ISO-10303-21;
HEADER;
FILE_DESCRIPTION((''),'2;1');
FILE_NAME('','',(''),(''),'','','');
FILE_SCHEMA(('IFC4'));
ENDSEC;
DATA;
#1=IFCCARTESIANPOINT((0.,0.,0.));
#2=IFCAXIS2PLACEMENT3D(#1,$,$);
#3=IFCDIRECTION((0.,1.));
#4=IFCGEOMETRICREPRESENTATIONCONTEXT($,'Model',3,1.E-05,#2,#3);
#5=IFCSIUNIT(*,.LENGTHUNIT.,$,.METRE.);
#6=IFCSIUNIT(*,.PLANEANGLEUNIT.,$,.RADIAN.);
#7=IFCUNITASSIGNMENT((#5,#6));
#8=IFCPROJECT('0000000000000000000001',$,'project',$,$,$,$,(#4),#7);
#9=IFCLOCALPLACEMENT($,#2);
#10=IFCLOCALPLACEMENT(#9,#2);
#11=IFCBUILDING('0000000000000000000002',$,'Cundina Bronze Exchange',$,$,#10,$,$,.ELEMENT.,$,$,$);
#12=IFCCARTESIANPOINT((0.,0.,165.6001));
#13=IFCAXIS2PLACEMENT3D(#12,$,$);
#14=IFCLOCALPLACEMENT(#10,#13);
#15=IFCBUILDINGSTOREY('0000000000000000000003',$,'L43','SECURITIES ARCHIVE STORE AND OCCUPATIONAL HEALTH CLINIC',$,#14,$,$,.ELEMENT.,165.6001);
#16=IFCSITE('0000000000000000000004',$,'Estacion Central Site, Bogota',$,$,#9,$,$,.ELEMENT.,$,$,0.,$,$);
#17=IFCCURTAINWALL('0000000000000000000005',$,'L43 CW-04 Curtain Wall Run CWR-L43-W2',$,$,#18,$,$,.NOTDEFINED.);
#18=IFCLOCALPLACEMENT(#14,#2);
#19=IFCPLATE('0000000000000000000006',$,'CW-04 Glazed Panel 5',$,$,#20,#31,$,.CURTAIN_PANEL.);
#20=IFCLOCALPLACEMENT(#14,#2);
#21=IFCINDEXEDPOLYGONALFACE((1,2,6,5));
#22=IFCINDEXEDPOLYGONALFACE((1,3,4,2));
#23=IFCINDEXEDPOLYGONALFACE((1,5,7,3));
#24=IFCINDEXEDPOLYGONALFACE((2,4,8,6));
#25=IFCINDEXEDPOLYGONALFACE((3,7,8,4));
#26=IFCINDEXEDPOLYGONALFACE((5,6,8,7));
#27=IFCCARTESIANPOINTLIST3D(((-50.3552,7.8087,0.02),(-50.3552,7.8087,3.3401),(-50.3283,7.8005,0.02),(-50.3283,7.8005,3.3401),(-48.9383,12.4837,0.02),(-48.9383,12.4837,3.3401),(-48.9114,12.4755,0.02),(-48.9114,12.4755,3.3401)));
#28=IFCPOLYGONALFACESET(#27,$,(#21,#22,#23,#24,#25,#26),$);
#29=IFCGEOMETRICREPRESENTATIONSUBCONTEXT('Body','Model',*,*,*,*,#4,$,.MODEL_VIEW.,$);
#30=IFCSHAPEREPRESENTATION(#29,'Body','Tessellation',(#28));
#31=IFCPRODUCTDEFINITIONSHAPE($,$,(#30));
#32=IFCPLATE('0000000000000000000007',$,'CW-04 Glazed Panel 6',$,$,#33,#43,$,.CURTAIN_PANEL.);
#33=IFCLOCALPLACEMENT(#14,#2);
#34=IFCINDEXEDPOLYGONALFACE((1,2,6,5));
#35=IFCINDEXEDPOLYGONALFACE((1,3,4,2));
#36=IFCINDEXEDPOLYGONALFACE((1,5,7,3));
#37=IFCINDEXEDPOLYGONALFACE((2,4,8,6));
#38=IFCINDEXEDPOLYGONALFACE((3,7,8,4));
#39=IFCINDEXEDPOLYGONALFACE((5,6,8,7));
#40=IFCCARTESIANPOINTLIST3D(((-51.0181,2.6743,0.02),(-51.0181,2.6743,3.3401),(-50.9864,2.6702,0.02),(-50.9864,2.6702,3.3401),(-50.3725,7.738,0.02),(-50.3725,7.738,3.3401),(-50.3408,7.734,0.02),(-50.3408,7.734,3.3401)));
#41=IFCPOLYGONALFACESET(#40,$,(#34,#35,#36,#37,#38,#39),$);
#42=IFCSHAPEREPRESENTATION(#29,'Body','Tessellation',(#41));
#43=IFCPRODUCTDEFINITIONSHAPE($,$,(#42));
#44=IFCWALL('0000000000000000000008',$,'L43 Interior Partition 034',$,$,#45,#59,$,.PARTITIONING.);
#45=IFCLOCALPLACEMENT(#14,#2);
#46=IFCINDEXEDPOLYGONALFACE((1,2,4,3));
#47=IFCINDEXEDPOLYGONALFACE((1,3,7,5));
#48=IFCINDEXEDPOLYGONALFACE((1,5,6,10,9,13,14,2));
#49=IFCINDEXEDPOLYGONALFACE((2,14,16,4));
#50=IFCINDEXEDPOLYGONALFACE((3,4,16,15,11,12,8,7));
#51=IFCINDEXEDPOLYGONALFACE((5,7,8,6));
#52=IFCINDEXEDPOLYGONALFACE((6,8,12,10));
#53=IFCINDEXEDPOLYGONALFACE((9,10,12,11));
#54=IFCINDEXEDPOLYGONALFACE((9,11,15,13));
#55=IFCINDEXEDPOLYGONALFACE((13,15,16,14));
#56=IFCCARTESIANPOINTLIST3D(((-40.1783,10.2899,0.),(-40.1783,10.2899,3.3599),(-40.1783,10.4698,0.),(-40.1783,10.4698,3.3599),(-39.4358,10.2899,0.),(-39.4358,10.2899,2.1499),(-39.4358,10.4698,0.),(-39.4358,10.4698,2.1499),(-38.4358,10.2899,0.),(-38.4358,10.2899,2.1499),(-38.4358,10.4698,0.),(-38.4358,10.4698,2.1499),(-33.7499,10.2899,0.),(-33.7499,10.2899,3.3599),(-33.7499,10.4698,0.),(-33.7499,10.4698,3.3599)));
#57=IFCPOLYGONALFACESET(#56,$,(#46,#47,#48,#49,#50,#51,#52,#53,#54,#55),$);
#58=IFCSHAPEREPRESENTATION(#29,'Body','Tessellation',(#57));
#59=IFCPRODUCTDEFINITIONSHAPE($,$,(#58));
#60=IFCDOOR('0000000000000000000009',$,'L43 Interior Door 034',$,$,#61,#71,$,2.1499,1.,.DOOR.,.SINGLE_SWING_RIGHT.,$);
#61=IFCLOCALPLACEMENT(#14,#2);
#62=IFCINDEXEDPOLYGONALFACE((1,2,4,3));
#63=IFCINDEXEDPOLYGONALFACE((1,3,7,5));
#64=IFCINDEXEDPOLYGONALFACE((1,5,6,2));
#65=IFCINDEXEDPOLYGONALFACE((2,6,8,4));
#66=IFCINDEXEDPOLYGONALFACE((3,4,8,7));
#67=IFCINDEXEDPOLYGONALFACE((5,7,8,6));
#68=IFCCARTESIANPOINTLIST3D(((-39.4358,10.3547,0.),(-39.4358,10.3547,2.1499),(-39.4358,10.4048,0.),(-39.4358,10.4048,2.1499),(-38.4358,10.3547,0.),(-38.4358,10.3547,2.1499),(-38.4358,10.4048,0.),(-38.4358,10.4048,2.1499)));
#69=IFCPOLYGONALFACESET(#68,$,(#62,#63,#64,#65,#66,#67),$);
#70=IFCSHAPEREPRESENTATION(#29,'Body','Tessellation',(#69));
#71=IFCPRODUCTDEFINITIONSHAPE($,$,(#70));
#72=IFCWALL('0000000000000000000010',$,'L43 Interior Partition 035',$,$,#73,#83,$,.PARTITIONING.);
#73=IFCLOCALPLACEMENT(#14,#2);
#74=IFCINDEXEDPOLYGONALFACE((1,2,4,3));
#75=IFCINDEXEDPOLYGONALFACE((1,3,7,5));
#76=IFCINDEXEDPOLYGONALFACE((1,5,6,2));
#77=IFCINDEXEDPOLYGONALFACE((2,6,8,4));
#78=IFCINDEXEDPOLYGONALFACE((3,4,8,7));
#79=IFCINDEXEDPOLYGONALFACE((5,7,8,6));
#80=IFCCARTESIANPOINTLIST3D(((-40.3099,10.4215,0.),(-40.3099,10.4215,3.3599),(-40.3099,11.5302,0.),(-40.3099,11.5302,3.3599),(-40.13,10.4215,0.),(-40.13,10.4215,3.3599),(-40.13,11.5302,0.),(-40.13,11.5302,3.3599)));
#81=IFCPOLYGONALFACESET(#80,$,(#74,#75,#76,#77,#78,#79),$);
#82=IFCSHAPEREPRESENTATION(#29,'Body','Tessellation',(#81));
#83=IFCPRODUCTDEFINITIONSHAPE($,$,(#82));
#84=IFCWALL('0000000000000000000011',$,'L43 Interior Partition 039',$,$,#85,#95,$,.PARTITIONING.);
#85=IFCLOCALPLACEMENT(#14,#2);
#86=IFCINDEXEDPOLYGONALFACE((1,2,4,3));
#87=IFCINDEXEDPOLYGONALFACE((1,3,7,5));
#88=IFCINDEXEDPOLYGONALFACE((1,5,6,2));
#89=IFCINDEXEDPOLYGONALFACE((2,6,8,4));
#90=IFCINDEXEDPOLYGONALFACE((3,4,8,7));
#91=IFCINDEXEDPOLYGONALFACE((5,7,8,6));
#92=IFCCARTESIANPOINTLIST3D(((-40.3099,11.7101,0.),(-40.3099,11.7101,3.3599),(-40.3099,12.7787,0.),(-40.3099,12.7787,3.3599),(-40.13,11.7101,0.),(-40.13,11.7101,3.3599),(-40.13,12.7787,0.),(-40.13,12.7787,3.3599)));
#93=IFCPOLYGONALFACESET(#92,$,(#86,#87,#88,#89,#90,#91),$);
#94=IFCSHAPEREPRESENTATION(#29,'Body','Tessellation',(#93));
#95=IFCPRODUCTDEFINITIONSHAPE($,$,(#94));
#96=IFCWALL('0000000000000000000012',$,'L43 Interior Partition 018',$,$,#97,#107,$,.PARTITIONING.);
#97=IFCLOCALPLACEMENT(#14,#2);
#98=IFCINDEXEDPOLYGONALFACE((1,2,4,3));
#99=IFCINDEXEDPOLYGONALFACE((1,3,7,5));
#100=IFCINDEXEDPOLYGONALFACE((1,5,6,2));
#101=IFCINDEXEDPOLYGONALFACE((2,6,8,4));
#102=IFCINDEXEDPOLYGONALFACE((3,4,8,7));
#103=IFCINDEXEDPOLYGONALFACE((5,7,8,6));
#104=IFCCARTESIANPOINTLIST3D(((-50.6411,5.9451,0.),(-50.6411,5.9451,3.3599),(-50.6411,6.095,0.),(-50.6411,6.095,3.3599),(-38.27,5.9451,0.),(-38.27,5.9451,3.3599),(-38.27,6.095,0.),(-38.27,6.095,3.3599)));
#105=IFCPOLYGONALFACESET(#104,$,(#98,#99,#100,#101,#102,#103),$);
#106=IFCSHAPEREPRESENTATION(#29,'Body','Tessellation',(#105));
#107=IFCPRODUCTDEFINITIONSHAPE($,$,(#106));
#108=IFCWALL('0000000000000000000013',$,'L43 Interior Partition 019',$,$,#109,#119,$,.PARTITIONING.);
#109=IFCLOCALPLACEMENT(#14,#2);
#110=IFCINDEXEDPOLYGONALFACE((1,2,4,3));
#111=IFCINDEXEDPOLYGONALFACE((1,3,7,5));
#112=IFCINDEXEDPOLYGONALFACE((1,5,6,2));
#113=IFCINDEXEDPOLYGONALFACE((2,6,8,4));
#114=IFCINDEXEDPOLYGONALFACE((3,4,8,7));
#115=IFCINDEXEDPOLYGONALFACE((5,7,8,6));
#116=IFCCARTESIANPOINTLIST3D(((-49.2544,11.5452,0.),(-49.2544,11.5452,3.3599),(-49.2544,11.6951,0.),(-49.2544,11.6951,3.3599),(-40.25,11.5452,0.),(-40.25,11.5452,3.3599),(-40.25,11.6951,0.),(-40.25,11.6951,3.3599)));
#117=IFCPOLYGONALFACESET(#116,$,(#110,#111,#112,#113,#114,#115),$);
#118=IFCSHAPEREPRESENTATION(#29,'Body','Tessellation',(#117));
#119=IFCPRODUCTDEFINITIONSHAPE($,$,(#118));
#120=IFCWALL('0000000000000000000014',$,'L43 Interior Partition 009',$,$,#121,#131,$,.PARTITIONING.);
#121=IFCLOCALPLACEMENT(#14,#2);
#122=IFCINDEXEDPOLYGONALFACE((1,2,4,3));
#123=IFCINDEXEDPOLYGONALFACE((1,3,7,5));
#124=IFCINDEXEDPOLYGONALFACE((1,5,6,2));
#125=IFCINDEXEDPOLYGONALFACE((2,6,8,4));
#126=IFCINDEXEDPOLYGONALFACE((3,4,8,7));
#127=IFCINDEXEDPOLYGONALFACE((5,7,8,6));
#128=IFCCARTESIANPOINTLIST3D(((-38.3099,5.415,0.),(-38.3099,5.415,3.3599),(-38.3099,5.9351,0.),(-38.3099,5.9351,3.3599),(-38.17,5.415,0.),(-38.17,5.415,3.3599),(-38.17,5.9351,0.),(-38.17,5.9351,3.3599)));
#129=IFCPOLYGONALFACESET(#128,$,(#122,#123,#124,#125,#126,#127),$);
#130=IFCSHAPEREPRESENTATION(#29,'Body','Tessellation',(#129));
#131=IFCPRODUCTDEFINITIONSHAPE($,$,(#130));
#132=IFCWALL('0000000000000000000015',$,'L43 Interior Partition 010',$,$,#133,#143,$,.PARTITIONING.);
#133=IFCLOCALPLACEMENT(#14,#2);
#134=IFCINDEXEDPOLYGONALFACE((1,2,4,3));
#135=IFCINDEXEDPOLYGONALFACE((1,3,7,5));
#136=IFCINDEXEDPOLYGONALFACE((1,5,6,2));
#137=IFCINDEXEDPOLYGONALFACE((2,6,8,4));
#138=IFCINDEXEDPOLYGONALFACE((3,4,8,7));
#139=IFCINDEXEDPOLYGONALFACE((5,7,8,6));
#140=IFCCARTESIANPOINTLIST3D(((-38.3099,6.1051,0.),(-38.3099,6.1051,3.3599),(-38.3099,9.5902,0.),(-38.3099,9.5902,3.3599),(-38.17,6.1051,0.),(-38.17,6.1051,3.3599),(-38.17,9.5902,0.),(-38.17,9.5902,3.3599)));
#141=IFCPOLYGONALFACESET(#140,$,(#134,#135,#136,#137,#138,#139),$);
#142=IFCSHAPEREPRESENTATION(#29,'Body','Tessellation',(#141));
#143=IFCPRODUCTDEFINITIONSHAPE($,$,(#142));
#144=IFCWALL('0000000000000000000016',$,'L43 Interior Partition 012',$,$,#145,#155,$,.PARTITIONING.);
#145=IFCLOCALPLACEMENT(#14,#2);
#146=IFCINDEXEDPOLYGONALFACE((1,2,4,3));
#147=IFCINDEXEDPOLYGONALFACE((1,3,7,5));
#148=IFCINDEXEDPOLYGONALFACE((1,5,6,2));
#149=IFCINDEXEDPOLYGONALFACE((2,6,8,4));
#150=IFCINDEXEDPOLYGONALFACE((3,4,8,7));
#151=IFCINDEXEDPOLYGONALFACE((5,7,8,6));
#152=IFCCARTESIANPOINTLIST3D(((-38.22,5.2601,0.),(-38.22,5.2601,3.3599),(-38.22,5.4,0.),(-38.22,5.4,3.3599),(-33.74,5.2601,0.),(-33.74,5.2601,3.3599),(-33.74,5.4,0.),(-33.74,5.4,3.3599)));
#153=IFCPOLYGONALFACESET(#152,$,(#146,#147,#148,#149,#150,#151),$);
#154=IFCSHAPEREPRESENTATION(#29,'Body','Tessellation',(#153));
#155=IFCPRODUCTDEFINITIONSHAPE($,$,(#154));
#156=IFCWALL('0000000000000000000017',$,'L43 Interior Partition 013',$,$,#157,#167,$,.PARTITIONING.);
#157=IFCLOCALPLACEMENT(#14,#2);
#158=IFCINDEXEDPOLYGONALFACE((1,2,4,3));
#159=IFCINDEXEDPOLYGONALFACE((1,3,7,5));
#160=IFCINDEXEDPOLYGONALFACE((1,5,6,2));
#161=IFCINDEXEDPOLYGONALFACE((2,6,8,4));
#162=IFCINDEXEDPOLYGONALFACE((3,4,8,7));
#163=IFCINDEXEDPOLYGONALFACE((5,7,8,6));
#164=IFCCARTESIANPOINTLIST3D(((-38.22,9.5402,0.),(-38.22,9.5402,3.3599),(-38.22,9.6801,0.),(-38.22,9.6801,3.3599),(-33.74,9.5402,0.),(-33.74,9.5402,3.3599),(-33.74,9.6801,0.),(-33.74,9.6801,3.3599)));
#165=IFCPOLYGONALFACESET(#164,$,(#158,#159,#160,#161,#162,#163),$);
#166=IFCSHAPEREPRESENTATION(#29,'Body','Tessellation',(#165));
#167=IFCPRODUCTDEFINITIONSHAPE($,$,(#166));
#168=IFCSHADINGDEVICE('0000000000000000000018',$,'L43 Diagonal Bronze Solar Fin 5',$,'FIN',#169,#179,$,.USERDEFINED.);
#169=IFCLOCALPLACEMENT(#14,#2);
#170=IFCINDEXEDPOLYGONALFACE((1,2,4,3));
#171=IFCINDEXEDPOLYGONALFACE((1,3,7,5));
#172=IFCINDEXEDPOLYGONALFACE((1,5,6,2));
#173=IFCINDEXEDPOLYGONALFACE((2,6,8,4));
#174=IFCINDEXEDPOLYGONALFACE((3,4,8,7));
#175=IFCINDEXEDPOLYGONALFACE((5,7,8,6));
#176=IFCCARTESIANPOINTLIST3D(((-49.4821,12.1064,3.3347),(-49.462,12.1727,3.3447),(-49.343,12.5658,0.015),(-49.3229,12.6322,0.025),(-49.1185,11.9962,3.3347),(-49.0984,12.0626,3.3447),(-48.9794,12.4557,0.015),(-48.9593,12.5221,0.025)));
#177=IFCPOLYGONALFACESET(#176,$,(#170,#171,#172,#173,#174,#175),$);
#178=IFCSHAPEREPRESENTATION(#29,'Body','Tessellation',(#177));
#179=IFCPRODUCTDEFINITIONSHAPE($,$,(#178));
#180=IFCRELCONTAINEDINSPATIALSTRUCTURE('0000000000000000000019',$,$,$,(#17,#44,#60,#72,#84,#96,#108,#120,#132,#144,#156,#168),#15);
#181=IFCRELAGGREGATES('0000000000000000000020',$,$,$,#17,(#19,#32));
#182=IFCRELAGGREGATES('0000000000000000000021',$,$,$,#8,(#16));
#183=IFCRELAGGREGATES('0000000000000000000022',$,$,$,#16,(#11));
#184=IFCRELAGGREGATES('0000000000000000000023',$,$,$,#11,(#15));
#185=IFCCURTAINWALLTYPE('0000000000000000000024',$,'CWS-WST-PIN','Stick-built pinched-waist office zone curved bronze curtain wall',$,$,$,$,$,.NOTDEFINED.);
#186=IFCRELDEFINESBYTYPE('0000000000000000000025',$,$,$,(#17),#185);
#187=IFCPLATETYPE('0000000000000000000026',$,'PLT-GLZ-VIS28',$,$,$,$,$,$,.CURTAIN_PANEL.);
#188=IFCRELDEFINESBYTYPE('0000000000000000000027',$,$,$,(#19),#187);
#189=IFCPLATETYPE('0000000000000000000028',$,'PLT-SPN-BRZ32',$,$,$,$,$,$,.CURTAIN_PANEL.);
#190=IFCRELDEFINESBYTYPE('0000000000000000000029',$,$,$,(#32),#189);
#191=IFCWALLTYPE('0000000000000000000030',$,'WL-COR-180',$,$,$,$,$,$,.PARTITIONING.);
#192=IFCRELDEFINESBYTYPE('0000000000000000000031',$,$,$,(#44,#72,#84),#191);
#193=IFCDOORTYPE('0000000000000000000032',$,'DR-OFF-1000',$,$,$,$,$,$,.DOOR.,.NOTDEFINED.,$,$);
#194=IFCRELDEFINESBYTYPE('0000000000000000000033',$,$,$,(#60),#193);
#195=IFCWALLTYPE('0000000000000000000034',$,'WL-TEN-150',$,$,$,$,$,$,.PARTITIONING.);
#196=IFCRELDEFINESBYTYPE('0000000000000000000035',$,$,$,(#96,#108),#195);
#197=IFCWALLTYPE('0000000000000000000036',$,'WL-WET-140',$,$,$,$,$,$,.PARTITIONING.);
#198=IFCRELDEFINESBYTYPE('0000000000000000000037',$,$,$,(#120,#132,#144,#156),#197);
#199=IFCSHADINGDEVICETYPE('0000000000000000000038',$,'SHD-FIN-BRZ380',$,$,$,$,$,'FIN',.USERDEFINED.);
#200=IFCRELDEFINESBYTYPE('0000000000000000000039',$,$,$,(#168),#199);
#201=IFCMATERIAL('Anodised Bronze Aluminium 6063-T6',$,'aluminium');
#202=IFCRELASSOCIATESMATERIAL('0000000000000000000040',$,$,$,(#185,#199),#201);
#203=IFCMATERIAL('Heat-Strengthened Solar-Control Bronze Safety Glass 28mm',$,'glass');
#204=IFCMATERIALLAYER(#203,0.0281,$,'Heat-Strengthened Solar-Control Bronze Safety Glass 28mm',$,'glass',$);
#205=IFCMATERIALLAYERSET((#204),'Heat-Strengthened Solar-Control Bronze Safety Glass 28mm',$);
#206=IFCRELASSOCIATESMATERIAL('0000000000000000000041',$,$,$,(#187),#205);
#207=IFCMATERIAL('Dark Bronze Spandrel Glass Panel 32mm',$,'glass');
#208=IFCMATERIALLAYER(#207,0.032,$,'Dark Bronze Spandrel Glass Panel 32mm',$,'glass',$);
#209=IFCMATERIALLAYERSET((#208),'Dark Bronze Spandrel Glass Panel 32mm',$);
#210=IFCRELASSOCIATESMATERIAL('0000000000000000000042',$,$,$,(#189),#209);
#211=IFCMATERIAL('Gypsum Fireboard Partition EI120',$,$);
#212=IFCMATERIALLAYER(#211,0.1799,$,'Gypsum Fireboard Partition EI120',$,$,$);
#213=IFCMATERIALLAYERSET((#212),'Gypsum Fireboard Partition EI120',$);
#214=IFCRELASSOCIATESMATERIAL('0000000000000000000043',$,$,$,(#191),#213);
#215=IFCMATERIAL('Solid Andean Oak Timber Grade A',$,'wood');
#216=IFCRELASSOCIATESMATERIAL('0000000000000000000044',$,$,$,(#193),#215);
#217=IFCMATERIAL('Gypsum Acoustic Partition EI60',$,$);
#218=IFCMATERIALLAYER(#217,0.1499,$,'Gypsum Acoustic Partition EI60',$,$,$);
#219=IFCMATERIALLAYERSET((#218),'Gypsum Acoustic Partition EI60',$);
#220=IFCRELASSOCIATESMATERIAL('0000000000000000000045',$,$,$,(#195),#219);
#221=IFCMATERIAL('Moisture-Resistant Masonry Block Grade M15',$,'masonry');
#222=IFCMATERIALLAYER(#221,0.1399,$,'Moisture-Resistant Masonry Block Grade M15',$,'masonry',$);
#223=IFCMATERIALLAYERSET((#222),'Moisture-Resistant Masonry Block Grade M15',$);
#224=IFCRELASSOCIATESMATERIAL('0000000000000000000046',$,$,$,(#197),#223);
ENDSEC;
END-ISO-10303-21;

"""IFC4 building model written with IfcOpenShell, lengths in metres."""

from ifc_helpers import new_model, si_unit, direction, frame, frame_2d, origin, origin_2d, place, context, subcontext, project, spatial, rectangle, extrude, material, layer, layer_set, material_profile, profile_set, type_object, element, fill, aggregate, save


model = new_model("IFC4")

# Units and contexts
model_context = context("Model", 3, precision=1e-05, world=origin(), true_north=direction((0.0, 1.0)))
body_context = subcontext(model_context, "Body", "Model", "MODEL_VIEW")
ifc_project = project(units=[si_unit("LENGTHUNIT", "METRE"), si_unit("PLANEANGLEUNIT", "RADIAN")], contexts=[model_context])

# Site, building, storey
site_placement = place(None, origin())
site = spatial("IfcSite", under=ifc_project, at=site_placement, Name="Estacion Central Site, Bogota", CompositionType="ELEMENT", RefElevation=0.0)
building_placement = place(site_placement, origin())
building = spatial("IfcBuilding", under=site, at=building_placement, Name="Cundina Bronze Exchange", CompositionType="ELEMENT")
storey_placement = place(building_placement, frame((0.0, 0.0, 165.6001)))
storey = spatial("IfcBuildingStorey", under=building, at=storey_placement, Name="L43", Description="SECURITIES ARCHIVE STORE AND OCCUPATIONAL HEALTH CLINIC", CompositionType="ELEMENT", Elevation=165.6001)

# Curtain wall, plates
ifc_material_1 = material(Name="Anodised Bronze Aluminium 6063-T6", Category="aluminium")
curtain_wall_type = type_object("IfcCurtainWallType", Name="CWS-WST-PIN", Description="Stick-built pinched-waist office zone curved bronze curtain wall", PredefinedType="NOTDEFINED", material=ifc_material_1)
curtain_wall_placement = place(storey_placement, origin())
curtain_wall = element("IfcCurtainWall", 1, at=curtain_wall_placement, inside=storey, type_object=curtain_wall_type, Name="L43 CW-04 Curtain Wall Run CWR-L43-W2", PredefinedType="NOTDEFINED")
ifc_material_2 = material(Name="Heat-Strengthened Solar-Control Bronze Safety Glass 28mm", Category="glass")
ifc_layer_1 = layer(ifc_material_2, 0.0281, Name="Heat-Strengthened Solar-Control Bronze Safety Glass 28mm", Category="glass")
ifc_layer_set_1 = layer_set([ifc_layer_1], Name="Heat-Strengthened Solar-Control Bronze Safety Glass 28mm")
plate_type_1 = type_object("IfcPlateType", Name="PLT-GLZ-VIS28", PredefinedType="CURTAIN_PANEL", material=ifc_layer_set_1)
plate_1_placement = place(storey_placement, frame((-49.6333, 10.1421, 0.02), z_axis=(0.0, 0.0, 1.0), x_axis=(-0.290051, -0.957011, 0.0)))
plate_1 = element("IfcPlate", 2, at=plate_1_placement, type_object=plate_type_1, Name="CW-04 Glazed Panel 5", PredefinedType="CURTAIN_PANEL", context=body_context, shape_type="SweptSolid", body=[
    extrude(rectangle(XDim=4.885, YDim=0.0281, at=origin_2d()), origin(), (0.0, 0.0, 1.0), 3.3201),
])
ifc_material_3 = material(Name="Dark Bronze Spandrel Glass Panel 32mm", Category="glass")
ifc_layer_2 = layer(ifc_material_3, 0.032, Name="Dark Bronze Spandrel Glass Panel 32mm", Category="glass")
ifc_layer_set_2 = layer_set([ifc_layer_2], Name="Dark Bronze Spandrel Glass Panel 32mm")
plate_type_2 = type_object("IfcPlateType", Name="PLT-SPN-BRZ32", PredefinedType="CURTAIN_PANEL", material=ifc_layer_set_2)
plate_2_placement = place(storey_placement, frame((-50.6794, 5.2041, 0.02), z_axis=(0.0, 0.0, 1.0), x_axis=(-0.126476, -0.99197, 0.0)))
plate_2 = element("IfcPlate", 3, at=plate_2_placement, type_object=plate_type_2, Name="CW-04 Glazed Panel 6", PredefinedType="CURTAIN_PANEL", context=body_context, shape_type="SweptSolid", body=[
    extrude(rectangle(XDim=5.1047, YDim=0.032, at=origin_2d()), origin(), (0.0, 0.0, 1.0), 3.3201),
])
aggregate(curtain_wall, [plate_1, plate_2])

# Wall, opening, door
ifc_material_4 = material(Name="Gypsum Fireboard Partition EI120")
ifc_layer_3 = layer(ifc_material_4, 0.1799, Name="Gypsum Fireboard Partition EI120")
ifc_layer_set_3 = layer_set([ifc_layer_3], Name="Gypsum Fireboard Partition EI120")
wall_type_1 = type_object("IfcWallType", Name="WL-COR-180", PredefinedType="PARTITIONING", material=ifc_layer_set_3)
wall_1_placement = place(storey_placement, frame((-40.1785, 10.3799, 0.0), z_axis=(0.0, 0.0, 1.0), x_axis=(1.0, 0.0, 0.0)))
wall_1 = element("IfcWall", 4, at=wall_1_placement, inside=storey, type_object=wall_type_1, Name="L43 Interior Partition 034", PredefinedType="PARTITIONING", context=body_context, shape_type="SweptSolid", body=[
    extrude(rectangle(XDim=6.4285, YDim=0.1799, at=frame_2d((3.2144, 0.0))), origin(), (0.0, 0.0, 1.0), 3.3599),
])
opening_placement = place(wall_1_placement, frame((0.7427, 0.0, 0.0)))
opening = element("IfcOpeningElement", 5, at=opening_placement, cuts=wall_1, PredefinedType="OPENING", context=body_context, shape_type="SweptSolid", body=[
    extrude(rectangle(XDim=1.0, YDim=2.1499, at=frame_2d((0.5, 1.075))), frame((0.0, 0.0999, 0.0), z_axis=(0.0, -1.0, 0.0), x_axis=(1.0, 0.0, 0.0)), (0.0, 0.0, 1.0), 0.2),
])
ifc_material_5 = material(Name="Solid Andean Oak Timber Grade A", Category="wood")
door_type = type_object("IfcDoorType", Name="DR-OFF-1000", OperationType="NOTDEFINED", PredefinedType="DOOR", material=ifc_material_5)
door_placement = place(opening_placement, origin())
door = element("IfcDoor", 6, at=door_placement, inside=storey, type_object=door_type, Name="L43 Interior Door 034", OperationType="SINGLE_SWING_RIGHT", OverallHeight=2.1499, OverallWidth=1.0, PredefinedType="DOOR", context=body_context, shape_type="SweptSolid", body=[
    extrude(rectangle(XDim=1.0, YDim=2.1499, at=frame_2d((0.5, 1.075))), frame((0.0, 0.0249, 0.0), z_axis=(0.0, -1.0, 0.0), x_axis=(1.0, 0.0, 0.0)), (0.0, 0.0, 1.0), 0.05),
])
fill(opening, door)

# Walls
wall_2_placement = place(storey_placement, frame((-40.22, 11.53, 0.0), z_axis=(0.0, 0.0, 1.0), x_axis=(0.0, -1.0, 0.0)))
element("IfcWall", 7, at=wall_2_placement, inside=storey, type_object=wall_type_1, Name="L43 Interior Partition 035", PredefinedType="PARTITIONING", context=body_context, shape_type="SweptSolid", body=[
    extrude(rectangle(XDim=1.1086, YDim=0.1799, at=frame_2d((0.5542, 0.0))), origin(), (0.0, 0.0, 1.0), 3.3599),
])
wall_3_placement = place(storey_placement, frame((-40.22, 12.7786, 0.0), z_axis=(0.0, 0.0, 1.0), x_axis=(0.0, -1.0, 0.0)))
element("IfcWall", 8, at=wall_3_placement, inside=storey, type_object=wall_type_1, Name="L43 Interior Partition 039", PredefinedType="PARTITIONING", context=body_context, shape_type="SweptSolid", body=[
    extrude(rectangle(XDim=1.0686, YDim=0.1799, at=frame_2d((0.5342, 0.0))), origin(), (0.0, 0.0, 1.0), 3.3599),
])
ifc_material_6 = material(Name="Gypsum Acoustic Partition EI60")
ifc_layer_4 = layer(ifc_material_6, 0.1499, Name="Gypsum Acoustic Partition EI60")
ifc_layer_set_4 = layer_set([ifc_layer_4], Name="Gypsum Acoustic Partition EI60")
wall_type_2 = type_object("IfcWallType", Name="WL-TEN-150", PredefinedType="PARTITIONING", material=ifc_layer_set_4)
wall_4_placement = place(storey_placement, frame((-50.6411, 6.02, 0.0), z_axis=(0.0, 0.0, 1.0), x_axis=(1.0, 0.0, 0.0)))
element("IfcWall", 9, at=wall_4_placement, inside=storey, type_object=wall_type_2, Name="L43 Interior Partition 018", PredefinedType="PARTITIONING", context=body_context, shape_type="SweptSolid", body=[
    extrude(rectangle(XDim=12.3711, YDim=0.1499, at=frame_2d((6.1855, 0.0))), origin(), (0.0, 0.0, 1.0), 3.3599),
])
wall_5_placement = place(storey_placement, frame((-49.2544, 11.6201, 0.0), z_axis=(0.0, 0.0, 1.0), x_axis=(1.0, 0.0, 0.0)))
element("IfcWall", 10, at=wall_5_placement, inside=storey, type_object=wall_type_2, Name="L43 Interior Partition 019", PredefinedType="PARTITIONING", context=body_context, shape_type="SweptSolid", body=[
    extrude(rectangle(XDim=9.0044, YDim=0.1499, at=frame_2d((4.5022, 0.0))), origin(), (0.0, 0.0, 1.0), 3.3599),
])
ifc_material_7 = material(Name="Moisture-Resistant Masonry Block Grade M15", Category="masonry")
ifc_layer_5 = layer(ifc_material_7, 0.1399, Name="Moisture-Resistant Masonry Block Grade M15", Category="masonry")
ifc_layer_set_5 = layer_set([ifc_layer_5], Name="Moisture-Resistant Masonry Block Grade M15")
wall_type_3 = type_object("IfcWallType", Name="WL-WET-140", PredefinedType="PARTITIONING", material=ifc_layer_set_5)
wall_6_placement = place(storey_placement, frame((-38.24, 5.415, 0.0), z_axis=(0.0, 0.0, 1.0), x_axis=(0.0, 1.0, 0.0)))
element("IfcWall", 11, at=wall_6_placement, inside=storey, type_object=wall_type_3, Name="L43 Interior Partition 009", PredefinedType="PARTITIONING", context=body_context, shape_type="SweptSolid", body=[
    extrude(rectangle(XDim=0.52, YDim=0.1399, at=frame_2d((0.26, 0.0))), origin(), (0.0, 0.0, 1.0), 3.3599),
])
wall_7_placement = place(storey_placement, frame((-38.24, 6.105, 0.0), z_axis=(0.0, 0.0, 1.0), x_axis=(0.0, 1.0, 0.0)))
element("IfcWall", 12, at=wall_7_placement, inside=storey, type_object=wall_type_3, Name="L43 Interior Partition 010", PredefinedType="PARTITIONING", context=body_context, shape_type="SweptSolid", body=[
    extrude(rectangle(XDim=3.4851, YDim=0.1399, at=frame_2d((1.7427, 0.0))), origin(), (0.0, 0.0, 1.0), 3.3599),
])
for number, where, z_axis, x_axis, name in (
    (13, (-38.22, 5.3301, 0.0), (0.0, 0.0, 1.0), (1.0, 0.0, 0.0), "L43 Interior Partition 012"),
    (14, (-38.22, 9.6101, 0.0), (0.0, 0.0, 1.0), (1.0, 0.0, 0.0), "L43 Interior Partition 013"),
):
    element("IfcWall", number, at=place(storey_placement, frame(where, z_axis=z_axis, x_axis=x_axis)), inside=storey, type_object=wall_type_3, Name=name, PredefinedType="PARTITIONING", context=body_context, shape_type="SweptSolid", body=[
        extrude(rectangle(XDim=4.48, YDim=0.1399, at=frame_2d((2.24, 0.0))), origin(), (0.0, 0.0, 1.0), 3.3599),
    ])

# Shading device
ifc_material_profile_1 = material_profile(ifc_material_1, rectangle(XDim=0.0701, YDim=0.3799, at=origin_2d()), Name="FIN70X380", Category="aluminium")
ifc_profile_set_1 = profile_set([ifc_material_profile_1], Name="Anodised Bronze Aluminium 6063-T6")
shading_device_type = type_object("IfcShadingDeviceType", Name="SHD-FIN-BRZ380", ElementType="FIN", PredefinedType="USERDEFINED", material=ifc_profile_set_1)
shading_device_placement = place(storey_placement, frame((-49.1511, 12.5439, 0.02), z_axis=(-0.041486, -0.136978, 0.989705), x_axis=(0.286882, 0.947214, 0.143123)))
element("IfcShadingDevice", 15, at=shading_device_placement, inside=storey, type_object=shading_device_type, Name="L43 Diagonal Bronze Solar Fin 5", ObjectType="FIN", PredefinedType="USERDEFINED", context=body_context, shape_type="SweptSolid", body=[
    extrude(rectangle(XDim=0.0701, YDim=0.3799, at=origin_2d()), origin(), (0.0, 0.0, 1.0), 3.3542),
])

save(model, "model.ifc")
